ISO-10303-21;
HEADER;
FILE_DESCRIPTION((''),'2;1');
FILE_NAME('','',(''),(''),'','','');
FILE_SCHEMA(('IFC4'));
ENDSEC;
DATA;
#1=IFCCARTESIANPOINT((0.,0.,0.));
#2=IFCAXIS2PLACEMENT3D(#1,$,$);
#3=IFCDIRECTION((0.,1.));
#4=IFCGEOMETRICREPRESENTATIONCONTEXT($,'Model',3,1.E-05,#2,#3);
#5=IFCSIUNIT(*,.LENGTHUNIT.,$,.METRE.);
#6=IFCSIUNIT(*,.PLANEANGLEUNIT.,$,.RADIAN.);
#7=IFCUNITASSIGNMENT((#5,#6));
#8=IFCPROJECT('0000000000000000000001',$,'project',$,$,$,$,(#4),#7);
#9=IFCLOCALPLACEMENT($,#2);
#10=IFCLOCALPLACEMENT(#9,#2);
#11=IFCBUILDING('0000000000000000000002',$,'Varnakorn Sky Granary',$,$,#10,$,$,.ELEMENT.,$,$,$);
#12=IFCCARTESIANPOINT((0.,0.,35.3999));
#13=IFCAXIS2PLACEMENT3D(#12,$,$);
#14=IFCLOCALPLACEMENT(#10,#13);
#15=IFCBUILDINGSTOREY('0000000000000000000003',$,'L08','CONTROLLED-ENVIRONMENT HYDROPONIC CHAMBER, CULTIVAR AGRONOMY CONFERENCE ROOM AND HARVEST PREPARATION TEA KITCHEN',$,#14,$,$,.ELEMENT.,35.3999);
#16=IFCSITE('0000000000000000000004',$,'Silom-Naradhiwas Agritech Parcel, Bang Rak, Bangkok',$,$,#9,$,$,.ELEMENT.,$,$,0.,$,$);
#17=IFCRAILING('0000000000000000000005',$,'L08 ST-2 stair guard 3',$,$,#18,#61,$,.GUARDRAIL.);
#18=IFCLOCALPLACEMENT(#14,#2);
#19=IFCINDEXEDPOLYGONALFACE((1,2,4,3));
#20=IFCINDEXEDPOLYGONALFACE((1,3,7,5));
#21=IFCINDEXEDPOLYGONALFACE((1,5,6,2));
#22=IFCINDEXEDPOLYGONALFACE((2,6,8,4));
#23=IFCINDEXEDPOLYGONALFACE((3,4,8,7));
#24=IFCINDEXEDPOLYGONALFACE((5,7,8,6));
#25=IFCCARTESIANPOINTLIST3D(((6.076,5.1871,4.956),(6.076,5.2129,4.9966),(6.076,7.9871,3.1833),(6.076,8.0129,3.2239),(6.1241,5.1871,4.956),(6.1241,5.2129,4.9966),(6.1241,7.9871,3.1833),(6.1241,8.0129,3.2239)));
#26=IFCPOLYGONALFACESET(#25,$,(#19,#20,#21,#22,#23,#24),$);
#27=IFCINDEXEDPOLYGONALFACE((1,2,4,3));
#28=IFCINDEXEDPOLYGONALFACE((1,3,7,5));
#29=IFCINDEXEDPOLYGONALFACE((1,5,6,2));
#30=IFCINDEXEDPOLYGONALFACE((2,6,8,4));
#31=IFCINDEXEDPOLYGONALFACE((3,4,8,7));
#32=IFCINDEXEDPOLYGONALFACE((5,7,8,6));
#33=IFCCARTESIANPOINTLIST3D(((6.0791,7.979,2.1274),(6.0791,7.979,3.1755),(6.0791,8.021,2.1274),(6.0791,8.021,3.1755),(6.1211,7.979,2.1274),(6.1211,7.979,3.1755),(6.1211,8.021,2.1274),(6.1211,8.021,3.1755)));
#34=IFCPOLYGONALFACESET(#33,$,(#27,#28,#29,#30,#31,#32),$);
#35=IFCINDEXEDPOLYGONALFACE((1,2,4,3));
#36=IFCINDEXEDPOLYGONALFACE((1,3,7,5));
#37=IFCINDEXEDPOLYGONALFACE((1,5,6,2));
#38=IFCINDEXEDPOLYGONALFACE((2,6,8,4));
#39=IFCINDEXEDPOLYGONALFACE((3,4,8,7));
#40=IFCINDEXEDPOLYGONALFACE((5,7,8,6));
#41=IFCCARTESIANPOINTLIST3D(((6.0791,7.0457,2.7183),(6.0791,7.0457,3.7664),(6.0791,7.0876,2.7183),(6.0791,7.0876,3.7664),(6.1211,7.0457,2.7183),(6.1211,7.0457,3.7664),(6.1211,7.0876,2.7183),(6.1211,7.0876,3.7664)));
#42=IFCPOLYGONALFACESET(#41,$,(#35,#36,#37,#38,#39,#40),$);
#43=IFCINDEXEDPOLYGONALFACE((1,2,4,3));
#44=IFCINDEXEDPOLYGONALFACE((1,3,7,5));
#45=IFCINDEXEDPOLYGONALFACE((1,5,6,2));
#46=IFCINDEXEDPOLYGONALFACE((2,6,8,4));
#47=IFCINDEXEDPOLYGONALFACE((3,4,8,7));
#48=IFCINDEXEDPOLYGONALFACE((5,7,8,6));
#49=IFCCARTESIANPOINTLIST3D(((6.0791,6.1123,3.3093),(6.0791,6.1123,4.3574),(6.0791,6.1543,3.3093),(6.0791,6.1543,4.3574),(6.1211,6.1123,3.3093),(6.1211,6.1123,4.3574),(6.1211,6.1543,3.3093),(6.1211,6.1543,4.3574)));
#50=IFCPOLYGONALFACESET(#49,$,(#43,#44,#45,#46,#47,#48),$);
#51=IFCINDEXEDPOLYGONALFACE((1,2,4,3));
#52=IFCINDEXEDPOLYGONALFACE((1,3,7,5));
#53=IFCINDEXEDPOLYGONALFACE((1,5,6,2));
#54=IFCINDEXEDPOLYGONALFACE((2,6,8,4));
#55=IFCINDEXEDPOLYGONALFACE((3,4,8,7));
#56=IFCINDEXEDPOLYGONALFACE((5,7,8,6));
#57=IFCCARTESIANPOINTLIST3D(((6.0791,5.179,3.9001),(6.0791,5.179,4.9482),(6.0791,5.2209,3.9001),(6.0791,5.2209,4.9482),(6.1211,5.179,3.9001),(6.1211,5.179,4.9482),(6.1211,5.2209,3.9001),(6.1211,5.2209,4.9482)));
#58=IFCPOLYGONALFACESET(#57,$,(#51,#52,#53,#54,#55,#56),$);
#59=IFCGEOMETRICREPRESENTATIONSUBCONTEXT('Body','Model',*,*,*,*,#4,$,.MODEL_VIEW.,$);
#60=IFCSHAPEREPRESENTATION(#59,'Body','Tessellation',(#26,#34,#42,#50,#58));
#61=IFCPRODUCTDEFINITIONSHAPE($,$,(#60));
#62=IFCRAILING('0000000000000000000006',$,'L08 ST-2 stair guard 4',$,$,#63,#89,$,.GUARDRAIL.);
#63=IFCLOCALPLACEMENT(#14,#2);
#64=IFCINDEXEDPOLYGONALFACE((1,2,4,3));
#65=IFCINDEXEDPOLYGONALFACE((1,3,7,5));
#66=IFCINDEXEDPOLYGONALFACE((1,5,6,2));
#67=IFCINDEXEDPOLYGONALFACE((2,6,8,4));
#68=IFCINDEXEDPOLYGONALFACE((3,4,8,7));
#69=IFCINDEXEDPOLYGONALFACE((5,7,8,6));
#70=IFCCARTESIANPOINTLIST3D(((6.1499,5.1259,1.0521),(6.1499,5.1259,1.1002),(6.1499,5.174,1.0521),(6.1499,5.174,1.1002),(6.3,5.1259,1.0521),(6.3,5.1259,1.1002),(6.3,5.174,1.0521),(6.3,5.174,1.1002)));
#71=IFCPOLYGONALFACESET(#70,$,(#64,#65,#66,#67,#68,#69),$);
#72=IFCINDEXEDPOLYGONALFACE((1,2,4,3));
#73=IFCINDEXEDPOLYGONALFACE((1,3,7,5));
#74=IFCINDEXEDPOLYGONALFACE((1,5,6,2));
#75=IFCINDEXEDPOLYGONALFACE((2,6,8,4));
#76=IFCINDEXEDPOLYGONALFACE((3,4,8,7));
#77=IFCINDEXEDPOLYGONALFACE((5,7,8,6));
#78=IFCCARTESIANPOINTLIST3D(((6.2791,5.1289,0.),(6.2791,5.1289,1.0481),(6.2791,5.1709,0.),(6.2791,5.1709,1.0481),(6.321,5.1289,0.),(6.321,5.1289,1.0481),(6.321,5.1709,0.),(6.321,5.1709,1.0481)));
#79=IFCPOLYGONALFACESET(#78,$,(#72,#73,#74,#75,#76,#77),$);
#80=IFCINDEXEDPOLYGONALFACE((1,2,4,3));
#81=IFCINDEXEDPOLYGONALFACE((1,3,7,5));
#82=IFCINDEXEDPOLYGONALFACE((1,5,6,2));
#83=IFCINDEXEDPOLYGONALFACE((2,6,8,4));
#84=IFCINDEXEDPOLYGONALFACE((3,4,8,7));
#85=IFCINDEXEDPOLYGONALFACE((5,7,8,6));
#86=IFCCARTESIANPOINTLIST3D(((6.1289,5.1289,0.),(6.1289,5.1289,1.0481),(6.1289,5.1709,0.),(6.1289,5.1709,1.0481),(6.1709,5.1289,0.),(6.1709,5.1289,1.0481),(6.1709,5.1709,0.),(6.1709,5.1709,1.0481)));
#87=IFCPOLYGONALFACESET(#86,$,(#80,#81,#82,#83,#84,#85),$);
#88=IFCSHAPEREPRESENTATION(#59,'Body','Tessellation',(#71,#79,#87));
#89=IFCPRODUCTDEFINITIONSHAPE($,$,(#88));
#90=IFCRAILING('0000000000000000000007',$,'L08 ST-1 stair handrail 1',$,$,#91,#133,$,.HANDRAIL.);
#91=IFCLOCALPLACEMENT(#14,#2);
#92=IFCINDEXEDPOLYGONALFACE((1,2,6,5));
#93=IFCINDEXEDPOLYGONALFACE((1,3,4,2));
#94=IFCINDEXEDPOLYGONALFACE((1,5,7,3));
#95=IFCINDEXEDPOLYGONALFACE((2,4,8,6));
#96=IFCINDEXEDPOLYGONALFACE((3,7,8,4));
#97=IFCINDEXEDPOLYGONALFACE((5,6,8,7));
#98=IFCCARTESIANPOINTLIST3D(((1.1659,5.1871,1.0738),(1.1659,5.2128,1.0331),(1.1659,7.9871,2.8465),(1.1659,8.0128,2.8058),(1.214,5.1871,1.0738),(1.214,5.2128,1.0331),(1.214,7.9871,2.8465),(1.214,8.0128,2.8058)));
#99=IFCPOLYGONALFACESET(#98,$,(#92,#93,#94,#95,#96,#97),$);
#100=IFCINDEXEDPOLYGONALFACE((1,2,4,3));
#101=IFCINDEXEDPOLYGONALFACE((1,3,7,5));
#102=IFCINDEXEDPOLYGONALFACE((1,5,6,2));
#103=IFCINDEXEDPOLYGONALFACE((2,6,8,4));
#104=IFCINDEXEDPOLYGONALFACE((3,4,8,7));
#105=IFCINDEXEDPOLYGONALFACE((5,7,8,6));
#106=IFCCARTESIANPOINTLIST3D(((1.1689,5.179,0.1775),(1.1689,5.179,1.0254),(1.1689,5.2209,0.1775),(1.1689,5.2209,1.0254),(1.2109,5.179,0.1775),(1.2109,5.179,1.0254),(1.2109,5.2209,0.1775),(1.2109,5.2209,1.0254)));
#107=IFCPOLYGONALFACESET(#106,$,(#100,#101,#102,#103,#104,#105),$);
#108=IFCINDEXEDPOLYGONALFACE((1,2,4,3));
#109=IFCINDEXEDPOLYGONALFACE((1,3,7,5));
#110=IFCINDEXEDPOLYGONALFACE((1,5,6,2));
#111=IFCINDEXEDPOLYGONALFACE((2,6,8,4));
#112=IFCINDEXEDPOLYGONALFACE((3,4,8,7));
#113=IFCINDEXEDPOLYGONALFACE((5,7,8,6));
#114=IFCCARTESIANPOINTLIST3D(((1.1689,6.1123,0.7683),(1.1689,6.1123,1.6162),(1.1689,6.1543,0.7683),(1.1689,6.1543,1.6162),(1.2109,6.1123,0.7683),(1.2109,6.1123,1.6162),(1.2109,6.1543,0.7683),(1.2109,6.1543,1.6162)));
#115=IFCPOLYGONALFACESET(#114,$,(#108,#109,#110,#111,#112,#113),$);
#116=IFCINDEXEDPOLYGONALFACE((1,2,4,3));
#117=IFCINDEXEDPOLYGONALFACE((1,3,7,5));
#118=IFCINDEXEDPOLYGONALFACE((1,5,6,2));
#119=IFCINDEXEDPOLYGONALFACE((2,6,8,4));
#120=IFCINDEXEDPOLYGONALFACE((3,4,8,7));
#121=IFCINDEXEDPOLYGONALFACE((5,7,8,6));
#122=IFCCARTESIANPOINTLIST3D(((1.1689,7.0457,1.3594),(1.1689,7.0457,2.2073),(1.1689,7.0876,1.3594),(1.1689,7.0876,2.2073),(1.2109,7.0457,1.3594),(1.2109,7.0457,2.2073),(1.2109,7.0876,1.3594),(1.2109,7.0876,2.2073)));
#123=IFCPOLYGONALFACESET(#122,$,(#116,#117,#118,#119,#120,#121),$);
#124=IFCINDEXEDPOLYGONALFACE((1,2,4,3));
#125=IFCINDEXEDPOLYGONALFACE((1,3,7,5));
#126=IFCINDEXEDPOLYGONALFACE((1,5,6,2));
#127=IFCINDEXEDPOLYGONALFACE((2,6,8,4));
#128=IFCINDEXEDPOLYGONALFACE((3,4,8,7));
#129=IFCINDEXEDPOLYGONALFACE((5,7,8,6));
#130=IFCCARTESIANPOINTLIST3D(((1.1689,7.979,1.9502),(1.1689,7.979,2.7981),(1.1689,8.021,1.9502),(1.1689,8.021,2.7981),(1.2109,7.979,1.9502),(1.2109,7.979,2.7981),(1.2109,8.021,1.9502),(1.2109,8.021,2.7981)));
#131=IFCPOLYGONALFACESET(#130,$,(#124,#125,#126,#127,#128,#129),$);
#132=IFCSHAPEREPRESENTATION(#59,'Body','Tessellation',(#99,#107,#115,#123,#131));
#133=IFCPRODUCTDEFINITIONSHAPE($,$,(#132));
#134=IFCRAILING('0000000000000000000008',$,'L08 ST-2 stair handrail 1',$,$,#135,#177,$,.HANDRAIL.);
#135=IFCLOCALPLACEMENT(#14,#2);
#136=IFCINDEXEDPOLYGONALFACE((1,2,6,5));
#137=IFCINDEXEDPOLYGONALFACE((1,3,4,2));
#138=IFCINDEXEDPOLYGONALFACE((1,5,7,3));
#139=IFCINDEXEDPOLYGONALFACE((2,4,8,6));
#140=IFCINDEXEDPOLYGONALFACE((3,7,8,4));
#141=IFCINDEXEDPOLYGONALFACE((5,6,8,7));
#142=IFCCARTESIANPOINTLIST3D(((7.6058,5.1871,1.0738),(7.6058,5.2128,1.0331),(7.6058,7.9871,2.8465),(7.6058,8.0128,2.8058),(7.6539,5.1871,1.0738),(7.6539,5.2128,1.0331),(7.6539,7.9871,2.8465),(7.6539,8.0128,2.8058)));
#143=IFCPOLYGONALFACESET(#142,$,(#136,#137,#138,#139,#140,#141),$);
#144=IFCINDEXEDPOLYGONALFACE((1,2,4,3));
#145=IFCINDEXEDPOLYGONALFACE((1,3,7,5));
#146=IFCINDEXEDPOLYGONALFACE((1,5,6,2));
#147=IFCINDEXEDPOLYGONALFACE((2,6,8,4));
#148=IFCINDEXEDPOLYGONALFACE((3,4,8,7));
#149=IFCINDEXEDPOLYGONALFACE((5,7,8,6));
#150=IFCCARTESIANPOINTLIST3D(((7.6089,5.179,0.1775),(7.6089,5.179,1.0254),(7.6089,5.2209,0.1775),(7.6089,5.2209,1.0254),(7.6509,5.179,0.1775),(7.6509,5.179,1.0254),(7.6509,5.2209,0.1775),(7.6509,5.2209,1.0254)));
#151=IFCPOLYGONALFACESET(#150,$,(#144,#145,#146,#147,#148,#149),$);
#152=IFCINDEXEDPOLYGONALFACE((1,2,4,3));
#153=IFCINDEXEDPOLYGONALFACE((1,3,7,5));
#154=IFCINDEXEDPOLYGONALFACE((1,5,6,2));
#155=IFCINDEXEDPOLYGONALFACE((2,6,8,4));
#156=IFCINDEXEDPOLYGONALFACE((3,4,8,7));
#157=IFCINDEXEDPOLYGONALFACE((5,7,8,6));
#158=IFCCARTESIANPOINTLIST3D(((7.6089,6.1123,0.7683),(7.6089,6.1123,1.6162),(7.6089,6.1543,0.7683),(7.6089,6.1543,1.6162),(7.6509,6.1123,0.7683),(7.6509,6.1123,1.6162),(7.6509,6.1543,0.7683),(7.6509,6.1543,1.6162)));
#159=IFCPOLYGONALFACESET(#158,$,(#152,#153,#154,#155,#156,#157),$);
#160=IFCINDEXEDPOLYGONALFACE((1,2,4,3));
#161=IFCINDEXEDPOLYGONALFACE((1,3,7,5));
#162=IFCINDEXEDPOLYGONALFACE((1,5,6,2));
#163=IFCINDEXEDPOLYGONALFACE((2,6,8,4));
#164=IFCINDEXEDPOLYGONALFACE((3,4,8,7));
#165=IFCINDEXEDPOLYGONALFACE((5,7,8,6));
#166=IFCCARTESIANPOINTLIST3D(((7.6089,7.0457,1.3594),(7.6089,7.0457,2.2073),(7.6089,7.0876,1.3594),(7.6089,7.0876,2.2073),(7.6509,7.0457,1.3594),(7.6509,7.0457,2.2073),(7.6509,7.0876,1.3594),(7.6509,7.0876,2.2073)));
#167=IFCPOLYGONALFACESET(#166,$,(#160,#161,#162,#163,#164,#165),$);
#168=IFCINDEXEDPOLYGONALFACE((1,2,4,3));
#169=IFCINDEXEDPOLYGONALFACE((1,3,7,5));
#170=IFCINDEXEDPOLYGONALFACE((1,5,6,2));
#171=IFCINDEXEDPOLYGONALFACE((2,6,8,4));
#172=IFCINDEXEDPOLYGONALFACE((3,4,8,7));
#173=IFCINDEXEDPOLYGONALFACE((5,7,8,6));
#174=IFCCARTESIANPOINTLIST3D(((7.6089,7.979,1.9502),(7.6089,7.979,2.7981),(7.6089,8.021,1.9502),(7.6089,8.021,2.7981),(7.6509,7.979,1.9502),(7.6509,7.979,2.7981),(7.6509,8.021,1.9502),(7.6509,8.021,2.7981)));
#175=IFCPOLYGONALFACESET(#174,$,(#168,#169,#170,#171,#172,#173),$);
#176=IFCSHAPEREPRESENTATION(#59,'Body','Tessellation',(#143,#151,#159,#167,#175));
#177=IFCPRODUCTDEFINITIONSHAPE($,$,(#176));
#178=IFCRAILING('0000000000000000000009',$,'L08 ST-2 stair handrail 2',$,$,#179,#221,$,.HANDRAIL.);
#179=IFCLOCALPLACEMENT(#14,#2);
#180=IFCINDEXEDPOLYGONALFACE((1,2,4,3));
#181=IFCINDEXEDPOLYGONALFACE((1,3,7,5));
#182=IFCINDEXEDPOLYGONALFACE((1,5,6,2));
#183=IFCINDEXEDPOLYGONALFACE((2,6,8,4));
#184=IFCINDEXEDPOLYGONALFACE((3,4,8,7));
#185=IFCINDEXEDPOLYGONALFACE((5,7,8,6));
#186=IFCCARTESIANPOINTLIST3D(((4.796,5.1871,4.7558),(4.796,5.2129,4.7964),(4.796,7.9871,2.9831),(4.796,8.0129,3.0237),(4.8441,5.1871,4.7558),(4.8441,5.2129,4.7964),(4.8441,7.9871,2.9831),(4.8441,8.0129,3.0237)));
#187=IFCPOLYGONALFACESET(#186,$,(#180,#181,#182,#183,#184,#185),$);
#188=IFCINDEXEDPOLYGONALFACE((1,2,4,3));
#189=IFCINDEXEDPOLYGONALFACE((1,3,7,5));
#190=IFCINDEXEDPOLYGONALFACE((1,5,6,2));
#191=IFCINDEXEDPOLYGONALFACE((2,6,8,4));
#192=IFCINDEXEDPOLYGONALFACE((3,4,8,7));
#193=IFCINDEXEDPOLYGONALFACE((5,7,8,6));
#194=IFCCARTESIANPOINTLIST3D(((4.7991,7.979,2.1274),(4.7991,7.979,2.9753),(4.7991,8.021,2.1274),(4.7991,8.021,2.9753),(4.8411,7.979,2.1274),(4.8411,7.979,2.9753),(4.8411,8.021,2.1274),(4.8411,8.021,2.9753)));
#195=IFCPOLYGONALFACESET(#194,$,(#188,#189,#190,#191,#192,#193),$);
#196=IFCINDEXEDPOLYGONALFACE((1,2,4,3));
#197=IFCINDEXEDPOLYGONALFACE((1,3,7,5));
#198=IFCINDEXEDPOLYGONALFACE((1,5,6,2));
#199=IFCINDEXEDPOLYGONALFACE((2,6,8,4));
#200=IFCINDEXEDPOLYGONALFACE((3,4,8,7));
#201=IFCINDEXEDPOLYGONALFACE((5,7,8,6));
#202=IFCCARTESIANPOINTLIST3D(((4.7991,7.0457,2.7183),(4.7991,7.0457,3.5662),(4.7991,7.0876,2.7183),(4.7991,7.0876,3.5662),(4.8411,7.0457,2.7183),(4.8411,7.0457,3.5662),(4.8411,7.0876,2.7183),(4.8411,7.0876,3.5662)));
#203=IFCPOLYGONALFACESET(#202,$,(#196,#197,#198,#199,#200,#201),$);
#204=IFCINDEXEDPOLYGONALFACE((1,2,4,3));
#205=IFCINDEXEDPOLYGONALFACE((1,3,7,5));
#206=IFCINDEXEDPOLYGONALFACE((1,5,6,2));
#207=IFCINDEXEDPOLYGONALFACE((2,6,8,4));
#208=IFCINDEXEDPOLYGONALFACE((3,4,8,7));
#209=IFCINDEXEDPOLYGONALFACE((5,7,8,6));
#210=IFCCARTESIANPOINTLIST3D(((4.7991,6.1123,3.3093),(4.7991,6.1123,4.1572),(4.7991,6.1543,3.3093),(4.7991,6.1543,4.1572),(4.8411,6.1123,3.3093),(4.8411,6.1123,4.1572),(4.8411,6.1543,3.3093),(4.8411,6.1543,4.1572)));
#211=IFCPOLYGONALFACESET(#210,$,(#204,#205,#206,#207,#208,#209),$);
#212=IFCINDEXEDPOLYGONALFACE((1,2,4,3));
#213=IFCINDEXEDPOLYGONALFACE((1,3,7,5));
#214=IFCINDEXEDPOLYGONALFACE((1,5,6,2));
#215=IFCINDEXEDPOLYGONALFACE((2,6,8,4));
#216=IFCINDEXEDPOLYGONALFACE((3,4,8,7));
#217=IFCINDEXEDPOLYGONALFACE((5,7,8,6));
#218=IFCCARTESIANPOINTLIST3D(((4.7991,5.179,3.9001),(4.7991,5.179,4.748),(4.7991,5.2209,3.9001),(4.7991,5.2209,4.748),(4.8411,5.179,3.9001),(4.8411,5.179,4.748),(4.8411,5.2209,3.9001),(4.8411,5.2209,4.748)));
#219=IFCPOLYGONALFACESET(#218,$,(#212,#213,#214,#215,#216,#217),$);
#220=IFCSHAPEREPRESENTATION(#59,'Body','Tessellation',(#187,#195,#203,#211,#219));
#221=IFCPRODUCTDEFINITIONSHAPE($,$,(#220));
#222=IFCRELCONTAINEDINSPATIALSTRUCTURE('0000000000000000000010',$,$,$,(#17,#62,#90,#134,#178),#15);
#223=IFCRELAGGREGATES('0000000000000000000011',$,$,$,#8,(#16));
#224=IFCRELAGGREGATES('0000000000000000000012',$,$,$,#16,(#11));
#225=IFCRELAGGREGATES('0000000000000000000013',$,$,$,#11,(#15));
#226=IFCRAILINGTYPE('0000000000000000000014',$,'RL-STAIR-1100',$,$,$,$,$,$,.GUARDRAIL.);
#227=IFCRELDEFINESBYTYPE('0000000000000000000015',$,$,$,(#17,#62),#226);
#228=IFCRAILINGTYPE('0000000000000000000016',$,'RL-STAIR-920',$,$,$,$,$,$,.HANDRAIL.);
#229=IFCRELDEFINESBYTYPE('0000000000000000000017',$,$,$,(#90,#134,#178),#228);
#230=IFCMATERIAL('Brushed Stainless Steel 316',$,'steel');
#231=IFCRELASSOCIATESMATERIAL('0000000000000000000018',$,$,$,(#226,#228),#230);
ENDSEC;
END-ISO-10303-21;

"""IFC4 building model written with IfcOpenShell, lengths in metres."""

from ifc_helpers import new_model, si_unit, direction, frame, origin, origin_2d, place, context, subcontext, project, spatial, rectangle, extrude, material, type_object, element, save


model = new_model("IFC4")

# Units and contexts
model_context = context("Model", 3, precision=1e-05, world=origin(), true_north=direction((0.0, 1.0)))
body_context = subcontext(model_context, "Body", "Model", "MODEL_VIEW")
ifc_project = project(units=[si_unit("LENGTHUNIT", "METRE"), si_unit("PLANEANGLEUNIT", "RADIAN")], contexts=[model_context])

# Site, building, storey
site_placement = place(None, origin())
site = spatial("IfcSite", under=ifc_project, at=site_placement, Name="Silom-Naradhiwas Agritech Parcel, Bang Rak, Bangkok", CompositionType="ELEMENT", RefElevation=0.0)
building_placement = place(site_placement, origin())
building = spatial("IfcBuilding", under=site, at=building_placement, Name="Varnakorn Sky Granary", CompositionType="ELEMENT")
storey_placement = place(building_placement, frame((0.0, 0.0, 35.3999)))
storey = spatial("IfcBuildingStorey", under=building, at=storey_placement, Name="L08", Description="CONTROLLED-ENVIRONMENT HYDROPONIC CHAMBER, CULTIVAR AGRONOMY CONFERENCE ROOM AND HARVEST PREPARATION TEA KITCHEN", CompositionType="ELEMENT", Elevation=35.3999)

# Railings
ifc_material_1 = material(Name="Brushed Stainless Steel 316", Category="steel")
railing_type_1 = type_object("IfcRailingType", Name="RL-STAIR-1100", PredefinedType="GUARDRAIL", material=ifc_material_1)
railing_1_placement = place(storey_placement, frame((6.1001, 8.0, 2.1274)))
element("IfcRailing", 1, at=railing_1_placement, inside=storey, type_object=railing_type_1, Name="L08 ST-2 stair guard 3", PredefinedType="GUARDRAIL", context=body_context, shape_type="SweptSolid", body=[
    extrude(rectangle(XDim=0.0481, YDim=0.0481, at=origin_2d()), frame((0.0, 0.0, 1.0762), z_axis=(0.0, -0.844909, 0.53491), x_axis=(1.0, 0.0, 0.0)), (0.0, 0.0, 1.0), 3.314),
    extrude(rectangle(XDim=0.042, YDim=0.042, at=origin_2d()), origin(), (0.0, 0.0, 1.0), 1.0481),
    extrude(rectangle(XDim=0.042, YDim=0.042, at=origin_2d()), frame((0.0, -0.9333, 0.5908)), (0.0, 0.0, 1.0), 1.0481),
    extrude(rectangle(XDim=0.042, YDim=0.042, at=origin_2d()), frame((0.0, -1.8667, 1.1819)), (0.0, 0.0, 1.0), 1.0481),
    extrude(rectangle(XDim=0.042, YDim=0.042, at=origin_2d()), frame((0.0, -2.8, 1.7727)), (0.0, 0.0, 1.0), 1.0481),
])
railing_2_placement = place(storey_placement, frame((6.3, 5.1499, 0.0)))
element("IfcRailing", 2, at=railing_2_placement, inside=storey, type_object=railing_type_1, Name="L08 ST-2 stair guard 4", PredefinedType="GUARDRAIL", context=body_context, shape_type="SweptSolid", body=[
    extrude(rectangle(XDim=0.0481, YDim=0.0481, at=origin_2d()), frame((0.0, 0.0, 1.0762), z_axis=(-1.0, 0.0, 0.0), x_axis=(0.0, -1.0, 0.0)), (0.0, 0.0, 1.0), 0.1501),
    extrude(rectangle(XDim=0.042, YDim=0.042, at=origin_2d()), origin(), (0.0, 0.0, 1.0), 1.0481),
    extrude(rectangle(XDim=0.042, YDim=0.042, at=origin_2d()), frame((-0.1501, 0.0, 0.0)), (0.0, 0.0, 1.0), 1.0481),
])
railing_type_2 = type_object("IfcRailingType", Name="RL-STAIR-920", PredefinedType="HANDRAIL", material=ifc_material_1)
for number, where, name in (
    (3, (1.1899, 5.2, 0.1775), "L08 ST-1 stair handrail 1"),
    (4, (7.6299, 5.2, 0.1775), "L08 ST-2 stair handrail 1"),
):
    element("IfcRailing", number, at=place(storey_placement, frame(where)), inside=storey, type_object=railing_type_2, Name=name, PredefinedType="HANDRAIL", context=body_context, shape_type="SweptSolid", body=[
        extrude(rectangle(XDim=0.0481, YDim=0.0481, at=origin_2d()), frame((0.0, 0.0, 0.876), z_axis=(0.0, 0.844909, 0.53491), x_axis=(-1.0, 0.0, 0.0)), (0.0, 0.0, 1.0), 3.314),
        extrude(rectangle(XDim=0.042, YDim=0.042, at=origin_2d()), origin(), (0.0, 0.0, 1.0), 0.8479),
        extrude(rectangle(XDim=0.042, YDim=0.042, at=origin_2d()), frame((0.0, 0.9333, 0.5908)), (0.0, 0.0, 1.0), 0.8479),
        extrude(rectangle(XDim=0.042, YDim=0.042, at=origin_2d()), frame((0.0, 1.8667, 1.1819)), (0.0, 0.0, 1.0), 0.8479),
        extrude(rectangle(XDim=0.042, YDim=0.042, at=origin_2d()), frame((0.0, 2.8, 1.7727)), (0.0, 0.0, 1.0), 0.8479),
    ])
railing_3_placement = place(storey_placement, frame((4.8201, 8.0, 2.1274)))
element("IfcRailing", 5, at=railing_3_placement, inside=storey, type_object=railing_type_2, Name="L08 ST-2 stair handrail 2", PredefinedType="HANDRAIL", context=body_context, shape_type="SweptSolid", body=[
    extrude(rectangle(XDim=0.0481, YDim=0.0481, at=origin_2d()), frame((0.0, 0.0, 0.876), z_axis=(0.0, -0.844909, 0.53491), x_axis=(1.0, 0.0, 0.0)), (0.0, 0.0, 1.0), 3.314),
    extrude(rectangle(XDim=0.042, YDim=0.042, at=origin_2d()), origin(), (0.0, 0.0, 1.0), 0.8479),
    extrude(rectangle(XDim=0.042, YDim=0.042, at=origin_2d()), frame((0.0, -0.9333, 0.5908)), (0.0, 0.0, 1.0), 0.8479),
    extrude(rectangle(XDim=0.042, YDim=0.042, at=origin_2d()), frame((0.0, -1.8667, 1.1819)), (0.0, 0.0, 1.0), 0.8479),
    extrude(rectangle(XDim=0.042, YDim=0.042, at=origin_2d()), frame((0.0, -2.8, 1.7727)), (0.0, 0.0, 1.0), 0.8479),
])

save(model, "model.ifc")
